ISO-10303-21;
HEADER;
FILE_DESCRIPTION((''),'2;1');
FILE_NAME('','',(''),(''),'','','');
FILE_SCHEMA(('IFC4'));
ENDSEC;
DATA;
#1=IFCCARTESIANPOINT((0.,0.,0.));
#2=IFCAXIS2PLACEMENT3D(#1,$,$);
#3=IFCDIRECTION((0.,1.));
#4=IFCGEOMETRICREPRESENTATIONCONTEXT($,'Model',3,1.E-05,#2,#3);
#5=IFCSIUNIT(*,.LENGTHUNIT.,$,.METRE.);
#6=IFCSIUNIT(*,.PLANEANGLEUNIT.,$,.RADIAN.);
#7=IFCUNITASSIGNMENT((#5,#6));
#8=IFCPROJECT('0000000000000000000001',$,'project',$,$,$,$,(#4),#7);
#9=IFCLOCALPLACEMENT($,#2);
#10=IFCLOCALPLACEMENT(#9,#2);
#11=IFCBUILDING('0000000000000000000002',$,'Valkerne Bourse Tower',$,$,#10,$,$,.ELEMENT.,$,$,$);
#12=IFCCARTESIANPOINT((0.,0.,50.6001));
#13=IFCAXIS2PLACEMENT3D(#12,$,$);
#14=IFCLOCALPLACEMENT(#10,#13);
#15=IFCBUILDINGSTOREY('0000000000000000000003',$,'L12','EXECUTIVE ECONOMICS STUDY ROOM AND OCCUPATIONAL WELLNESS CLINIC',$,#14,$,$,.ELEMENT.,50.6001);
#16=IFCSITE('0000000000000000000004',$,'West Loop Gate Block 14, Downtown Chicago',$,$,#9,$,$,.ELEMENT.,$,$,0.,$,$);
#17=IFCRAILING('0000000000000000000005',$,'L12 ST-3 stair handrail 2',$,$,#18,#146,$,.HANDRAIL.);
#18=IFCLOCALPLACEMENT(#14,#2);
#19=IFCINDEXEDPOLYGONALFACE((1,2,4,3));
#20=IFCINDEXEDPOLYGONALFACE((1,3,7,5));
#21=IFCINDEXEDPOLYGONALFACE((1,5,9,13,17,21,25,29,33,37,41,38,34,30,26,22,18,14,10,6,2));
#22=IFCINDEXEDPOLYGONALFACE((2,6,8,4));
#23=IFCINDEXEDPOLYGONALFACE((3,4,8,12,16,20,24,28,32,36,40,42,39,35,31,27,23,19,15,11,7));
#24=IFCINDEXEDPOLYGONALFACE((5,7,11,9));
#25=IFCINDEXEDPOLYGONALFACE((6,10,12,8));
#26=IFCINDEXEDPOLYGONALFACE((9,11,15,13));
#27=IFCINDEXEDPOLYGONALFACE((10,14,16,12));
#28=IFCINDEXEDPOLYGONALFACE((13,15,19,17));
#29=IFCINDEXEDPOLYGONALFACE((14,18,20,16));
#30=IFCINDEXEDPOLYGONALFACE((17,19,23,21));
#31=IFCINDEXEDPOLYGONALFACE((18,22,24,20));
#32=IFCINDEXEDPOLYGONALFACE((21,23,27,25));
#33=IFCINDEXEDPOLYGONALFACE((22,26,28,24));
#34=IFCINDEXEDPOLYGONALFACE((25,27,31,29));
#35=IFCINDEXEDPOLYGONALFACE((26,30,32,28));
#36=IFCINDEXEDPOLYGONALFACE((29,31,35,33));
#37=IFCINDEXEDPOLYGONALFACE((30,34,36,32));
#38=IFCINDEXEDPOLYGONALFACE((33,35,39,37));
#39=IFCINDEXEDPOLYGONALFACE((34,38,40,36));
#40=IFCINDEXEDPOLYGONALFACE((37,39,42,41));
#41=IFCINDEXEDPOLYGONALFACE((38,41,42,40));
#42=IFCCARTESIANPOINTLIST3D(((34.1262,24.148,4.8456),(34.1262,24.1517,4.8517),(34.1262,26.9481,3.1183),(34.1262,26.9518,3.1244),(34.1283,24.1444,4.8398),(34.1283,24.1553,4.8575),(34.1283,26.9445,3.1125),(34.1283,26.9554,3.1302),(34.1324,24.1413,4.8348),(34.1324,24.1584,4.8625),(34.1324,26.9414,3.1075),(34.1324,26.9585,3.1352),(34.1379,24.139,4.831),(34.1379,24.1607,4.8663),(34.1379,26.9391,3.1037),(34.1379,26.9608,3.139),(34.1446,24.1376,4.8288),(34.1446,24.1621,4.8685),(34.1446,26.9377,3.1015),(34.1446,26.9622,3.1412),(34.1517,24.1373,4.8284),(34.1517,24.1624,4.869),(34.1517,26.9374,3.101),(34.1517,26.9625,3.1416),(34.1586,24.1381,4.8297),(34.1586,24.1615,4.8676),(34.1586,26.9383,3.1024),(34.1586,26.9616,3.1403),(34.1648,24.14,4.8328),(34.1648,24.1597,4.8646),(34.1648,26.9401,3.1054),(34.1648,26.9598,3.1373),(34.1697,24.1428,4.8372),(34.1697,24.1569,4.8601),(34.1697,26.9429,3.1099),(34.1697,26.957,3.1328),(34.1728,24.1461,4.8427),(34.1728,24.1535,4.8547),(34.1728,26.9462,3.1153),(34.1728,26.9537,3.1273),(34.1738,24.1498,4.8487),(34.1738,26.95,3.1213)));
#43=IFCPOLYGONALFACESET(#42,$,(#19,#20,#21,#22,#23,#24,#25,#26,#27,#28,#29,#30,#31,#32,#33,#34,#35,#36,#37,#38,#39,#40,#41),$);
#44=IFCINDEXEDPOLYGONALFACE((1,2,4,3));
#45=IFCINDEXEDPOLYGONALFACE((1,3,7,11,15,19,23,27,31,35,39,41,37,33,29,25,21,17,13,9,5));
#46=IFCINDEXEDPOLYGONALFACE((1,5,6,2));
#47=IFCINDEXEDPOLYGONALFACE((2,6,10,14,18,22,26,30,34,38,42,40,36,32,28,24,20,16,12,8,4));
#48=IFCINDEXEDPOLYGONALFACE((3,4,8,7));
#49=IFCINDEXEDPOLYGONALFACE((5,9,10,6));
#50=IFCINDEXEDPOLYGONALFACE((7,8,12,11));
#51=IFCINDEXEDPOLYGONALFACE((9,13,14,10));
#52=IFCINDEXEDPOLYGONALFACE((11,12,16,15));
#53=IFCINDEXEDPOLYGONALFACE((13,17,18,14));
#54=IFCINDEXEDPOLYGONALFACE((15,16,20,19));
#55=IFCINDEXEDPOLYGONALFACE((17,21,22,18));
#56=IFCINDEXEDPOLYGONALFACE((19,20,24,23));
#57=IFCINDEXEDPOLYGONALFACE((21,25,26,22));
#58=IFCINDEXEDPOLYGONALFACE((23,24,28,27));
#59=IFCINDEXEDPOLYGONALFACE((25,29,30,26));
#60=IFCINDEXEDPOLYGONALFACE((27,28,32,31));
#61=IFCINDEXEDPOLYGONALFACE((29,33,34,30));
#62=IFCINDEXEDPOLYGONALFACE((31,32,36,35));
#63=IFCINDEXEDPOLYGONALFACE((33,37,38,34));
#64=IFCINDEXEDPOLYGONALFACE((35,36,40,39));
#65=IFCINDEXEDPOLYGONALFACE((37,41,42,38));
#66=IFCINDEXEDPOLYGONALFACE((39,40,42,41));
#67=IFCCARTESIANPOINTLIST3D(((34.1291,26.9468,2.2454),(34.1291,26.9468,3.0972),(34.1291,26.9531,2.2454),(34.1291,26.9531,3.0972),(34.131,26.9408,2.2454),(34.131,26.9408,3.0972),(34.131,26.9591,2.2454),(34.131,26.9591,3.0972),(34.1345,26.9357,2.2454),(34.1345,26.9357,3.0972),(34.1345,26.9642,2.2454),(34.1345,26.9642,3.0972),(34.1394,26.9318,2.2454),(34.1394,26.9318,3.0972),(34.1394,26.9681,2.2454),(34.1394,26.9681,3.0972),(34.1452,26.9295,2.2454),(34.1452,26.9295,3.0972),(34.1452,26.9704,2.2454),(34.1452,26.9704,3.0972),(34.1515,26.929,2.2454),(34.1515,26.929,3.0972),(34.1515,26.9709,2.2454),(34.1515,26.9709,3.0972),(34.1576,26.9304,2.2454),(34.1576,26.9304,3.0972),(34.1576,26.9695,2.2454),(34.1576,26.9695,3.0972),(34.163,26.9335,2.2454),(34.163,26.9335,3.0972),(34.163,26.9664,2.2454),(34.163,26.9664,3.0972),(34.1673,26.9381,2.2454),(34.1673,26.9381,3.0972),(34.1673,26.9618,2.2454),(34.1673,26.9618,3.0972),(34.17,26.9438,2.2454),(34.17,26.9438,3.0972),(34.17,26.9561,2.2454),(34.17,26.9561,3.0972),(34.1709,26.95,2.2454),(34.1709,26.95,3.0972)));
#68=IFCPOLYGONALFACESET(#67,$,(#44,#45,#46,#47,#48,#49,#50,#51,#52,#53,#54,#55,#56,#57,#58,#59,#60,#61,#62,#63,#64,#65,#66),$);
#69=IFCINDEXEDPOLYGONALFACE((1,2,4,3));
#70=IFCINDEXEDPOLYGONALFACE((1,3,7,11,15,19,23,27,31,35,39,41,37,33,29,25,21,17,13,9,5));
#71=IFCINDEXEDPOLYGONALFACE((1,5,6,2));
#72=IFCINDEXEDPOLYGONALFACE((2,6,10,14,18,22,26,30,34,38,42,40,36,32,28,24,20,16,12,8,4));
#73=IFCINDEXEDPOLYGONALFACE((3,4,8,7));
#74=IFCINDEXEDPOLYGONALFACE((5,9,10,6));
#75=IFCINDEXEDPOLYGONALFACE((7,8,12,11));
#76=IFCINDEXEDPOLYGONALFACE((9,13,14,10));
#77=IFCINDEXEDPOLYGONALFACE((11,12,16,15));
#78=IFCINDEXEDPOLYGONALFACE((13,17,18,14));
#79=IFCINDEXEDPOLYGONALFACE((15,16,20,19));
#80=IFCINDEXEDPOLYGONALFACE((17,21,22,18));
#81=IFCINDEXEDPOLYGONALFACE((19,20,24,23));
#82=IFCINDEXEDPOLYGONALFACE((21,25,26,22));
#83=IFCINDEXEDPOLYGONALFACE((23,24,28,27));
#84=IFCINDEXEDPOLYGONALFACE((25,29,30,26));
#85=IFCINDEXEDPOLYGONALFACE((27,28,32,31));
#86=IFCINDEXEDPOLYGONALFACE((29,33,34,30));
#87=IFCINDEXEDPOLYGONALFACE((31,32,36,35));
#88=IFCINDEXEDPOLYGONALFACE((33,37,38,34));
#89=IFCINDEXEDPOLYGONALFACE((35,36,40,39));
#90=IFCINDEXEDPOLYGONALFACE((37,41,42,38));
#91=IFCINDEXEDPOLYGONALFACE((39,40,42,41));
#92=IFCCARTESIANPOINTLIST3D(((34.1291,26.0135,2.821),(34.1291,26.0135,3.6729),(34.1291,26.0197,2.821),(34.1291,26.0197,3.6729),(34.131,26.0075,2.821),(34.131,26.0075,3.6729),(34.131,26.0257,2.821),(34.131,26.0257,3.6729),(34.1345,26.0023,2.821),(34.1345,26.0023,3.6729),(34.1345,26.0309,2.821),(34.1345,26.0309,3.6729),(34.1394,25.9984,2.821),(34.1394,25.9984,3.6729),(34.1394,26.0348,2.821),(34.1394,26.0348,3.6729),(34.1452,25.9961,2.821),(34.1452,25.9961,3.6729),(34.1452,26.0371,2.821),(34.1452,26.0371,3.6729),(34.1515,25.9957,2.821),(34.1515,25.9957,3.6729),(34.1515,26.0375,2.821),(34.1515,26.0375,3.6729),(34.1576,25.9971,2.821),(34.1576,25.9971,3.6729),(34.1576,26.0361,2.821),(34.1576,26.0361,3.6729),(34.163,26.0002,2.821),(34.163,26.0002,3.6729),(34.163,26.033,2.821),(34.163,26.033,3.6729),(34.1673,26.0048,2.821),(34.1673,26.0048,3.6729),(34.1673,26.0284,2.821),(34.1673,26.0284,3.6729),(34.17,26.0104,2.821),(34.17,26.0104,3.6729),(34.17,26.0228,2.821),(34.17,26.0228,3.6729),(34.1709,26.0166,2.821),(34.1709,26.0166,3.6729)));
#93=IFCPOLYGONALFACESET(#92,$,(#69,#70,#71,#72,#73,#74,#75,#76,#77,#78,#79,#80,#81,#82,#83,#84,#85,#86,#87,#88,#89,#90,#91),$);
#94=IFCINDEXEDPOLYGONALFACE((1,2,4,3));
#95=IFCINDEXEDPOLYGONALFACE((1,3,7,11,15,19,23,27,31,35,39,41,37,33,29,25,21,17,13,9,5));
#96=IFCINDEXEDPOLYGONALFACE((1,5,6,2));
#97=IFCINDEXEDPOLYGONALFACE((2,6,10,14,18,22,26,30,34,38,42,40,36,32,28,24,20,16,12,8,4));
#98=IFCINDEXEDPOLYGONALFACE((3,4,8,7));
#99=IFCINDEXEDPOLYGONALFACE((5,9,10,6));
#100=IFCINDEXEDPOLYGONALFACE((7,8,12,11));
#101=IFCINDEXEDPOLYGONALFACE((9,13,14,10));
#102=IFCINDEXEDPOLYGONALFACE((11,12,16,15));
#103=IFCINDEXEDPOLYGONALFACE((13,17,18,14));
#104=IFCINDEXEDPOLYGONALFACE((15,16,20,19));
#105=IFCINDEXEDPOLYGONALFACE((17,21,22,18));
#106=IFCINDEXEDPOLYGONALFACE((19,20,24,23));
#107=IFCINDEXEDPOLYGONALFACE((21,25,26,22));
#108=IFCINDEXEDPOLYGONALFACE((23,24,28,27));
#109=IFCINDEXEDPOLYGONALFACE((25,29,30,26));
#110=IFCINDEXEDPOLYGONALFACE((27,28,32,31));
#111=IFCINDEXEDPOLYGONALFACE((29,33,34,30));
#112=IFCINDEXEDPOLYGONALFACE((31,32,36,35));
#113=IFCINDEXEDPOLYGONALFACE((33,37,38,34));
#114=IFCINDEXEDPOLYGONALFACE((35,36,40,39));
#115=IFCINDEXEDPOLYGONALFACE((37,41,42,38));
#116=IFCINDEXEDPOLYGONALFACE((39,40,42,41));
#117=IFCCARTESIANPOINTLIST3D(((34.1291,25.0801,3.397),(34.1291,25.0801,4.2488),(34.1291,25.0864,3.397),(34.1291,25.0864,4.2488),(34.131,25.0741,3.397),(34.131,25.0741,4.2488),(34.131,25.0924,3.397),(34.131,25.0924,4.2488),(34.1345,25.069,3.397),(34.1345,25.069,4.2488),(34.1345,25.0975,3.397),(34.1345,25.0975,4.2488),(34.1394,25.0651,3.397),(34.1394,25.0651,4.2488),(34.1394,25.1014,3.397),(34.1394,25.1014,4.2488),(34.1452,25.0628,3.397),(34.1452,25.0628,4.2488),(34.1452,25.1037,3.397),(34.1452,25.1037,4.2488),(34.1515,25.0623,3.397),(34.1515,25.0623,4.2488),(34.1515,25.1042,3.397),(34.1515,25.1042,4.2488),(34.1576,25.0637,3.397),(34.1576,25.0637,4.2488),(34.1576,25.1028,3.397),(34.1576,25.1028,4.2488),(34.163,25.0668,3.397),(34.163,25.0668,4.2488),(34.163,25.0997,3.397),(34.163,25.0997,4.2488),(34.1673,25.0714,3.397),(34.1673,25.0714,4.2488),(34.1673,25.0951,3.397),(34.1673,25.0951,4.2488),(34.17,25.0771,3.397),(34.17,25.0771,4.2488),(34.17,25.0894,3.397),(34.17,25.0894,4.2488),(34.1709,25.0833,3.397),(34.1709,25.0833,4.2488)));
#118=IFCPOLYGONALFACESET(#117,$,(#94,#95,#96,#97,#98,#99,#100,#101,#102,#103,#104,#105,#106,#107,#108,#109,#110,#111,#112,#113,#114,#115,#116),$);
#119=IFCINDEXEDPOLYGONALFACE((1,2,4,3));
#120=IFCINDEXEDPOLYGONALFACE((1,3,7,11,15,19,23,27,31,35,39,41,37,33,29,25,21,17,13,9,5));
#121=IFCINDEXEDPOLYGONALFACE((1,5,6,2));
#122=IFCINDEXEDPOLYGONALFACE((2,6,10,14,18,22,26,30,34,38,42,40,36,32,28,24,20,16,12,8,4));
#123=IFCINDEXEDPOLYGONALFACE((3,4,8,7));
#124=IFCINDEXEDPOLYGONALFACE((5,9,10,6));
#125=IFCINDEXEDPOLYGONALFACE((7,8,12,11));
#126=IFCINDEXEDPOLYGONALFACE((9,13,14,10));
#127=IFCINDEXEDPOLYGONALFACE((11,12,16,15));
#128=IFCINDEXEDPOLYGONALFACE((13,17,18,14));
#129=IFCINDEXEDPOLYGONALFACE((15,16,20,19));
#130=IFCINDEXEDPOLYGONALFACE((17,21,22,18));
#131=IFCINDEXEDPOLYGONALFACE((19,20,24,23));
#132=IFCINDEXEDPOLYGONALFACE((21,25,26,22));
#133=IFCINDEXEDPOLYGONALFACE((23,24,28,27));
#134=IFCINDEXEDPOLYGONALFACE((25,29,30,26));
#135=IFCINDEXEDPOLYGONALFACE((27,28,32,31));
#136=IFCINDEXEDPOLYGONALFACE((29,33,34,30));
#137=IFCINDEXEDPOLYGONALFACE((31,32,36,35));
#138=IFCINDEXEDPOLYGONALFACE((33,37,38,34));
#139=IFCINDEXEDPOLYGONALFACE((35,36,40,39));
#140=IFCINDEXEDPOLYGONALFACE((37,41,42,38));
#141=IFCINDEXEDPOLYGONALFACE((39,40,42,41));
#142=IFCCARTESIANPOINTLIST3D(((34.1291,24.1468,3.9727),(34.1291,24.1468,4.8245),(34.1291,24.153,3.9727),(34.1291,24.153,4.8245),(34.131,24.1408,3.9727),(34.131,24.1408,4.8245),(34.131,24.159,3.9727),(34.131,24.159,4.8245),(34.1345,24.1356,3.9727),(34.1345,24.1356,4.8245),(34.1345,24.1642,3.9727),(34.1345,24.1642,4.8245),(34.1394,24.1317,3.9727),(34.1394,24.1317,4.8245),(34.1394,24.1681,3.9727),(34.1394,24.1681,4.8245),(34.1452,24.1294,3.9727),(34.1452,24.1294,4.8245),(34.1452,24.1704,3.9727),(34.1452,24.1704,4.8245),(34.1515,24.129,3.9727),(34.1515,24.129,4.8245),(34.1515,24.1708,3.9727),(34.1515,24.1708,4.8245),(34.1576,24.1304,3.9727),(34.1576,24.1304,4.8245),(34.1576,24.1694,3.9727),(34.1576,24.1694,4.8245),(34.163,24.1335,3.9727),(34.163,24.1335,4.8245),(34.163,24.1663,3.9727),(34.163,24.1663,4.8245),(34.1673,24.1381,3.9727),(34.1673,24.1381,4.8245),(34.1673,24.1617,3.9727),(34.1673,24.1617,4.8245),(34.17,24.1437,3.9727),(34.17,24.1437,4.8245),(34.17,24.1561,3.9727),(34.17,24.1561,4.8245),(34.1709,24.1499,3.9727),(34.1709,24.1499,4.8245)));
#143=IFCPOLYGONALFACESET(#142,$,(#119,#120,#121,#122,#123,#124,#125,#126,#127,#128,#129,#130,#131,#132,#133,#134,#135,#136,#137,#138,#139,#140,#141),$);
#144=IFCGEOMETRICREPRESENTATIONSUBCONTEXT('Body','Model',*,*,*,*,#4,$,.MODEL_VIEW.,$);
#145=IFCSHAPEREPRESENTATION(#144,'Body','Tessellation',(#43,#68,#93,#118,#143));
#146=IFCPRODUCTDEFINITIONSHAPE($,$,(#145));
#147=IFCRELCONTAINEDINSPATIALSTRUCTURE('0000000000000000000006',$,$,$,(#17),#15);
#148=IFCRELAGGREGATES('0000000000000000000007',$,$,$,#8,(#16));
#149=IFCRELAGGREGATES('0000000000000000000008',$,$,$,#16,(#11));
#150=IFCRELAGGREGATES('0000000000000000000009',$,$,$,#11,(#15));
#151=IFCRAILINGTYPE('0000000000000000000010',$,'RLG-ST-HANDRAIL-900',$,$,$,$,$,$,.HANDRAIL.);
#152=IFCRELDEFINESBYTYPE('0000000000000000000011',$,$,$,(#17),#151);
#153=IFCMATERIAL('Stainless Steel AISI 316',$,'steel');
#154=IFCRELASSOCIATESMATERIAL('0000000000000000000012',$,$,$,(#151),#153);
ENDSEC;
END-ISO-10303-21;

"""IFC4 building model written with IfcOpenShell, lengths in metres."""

from ifc_helpers import new_model, si_unit, direction, frame, origin, origin_2d, place, context, subcontext, project, spatial, circle, extrude, material, type_object, element, save


model = new_model("IFC4")

# Units and contexts
model_context = context("Model", 3, precision=1e-05, world=origin(), true_north=direction((0.0, 1.0)))
body_context = subcontext(model_context, "Body", "Model", "MODEL_VIEW")
ifc_project = project(units=[si_unit("LENGTHUNIT", "METRE"), si_unit("PLANEANGLEUNIT", "RADIAN")], contexts=[model_context])

# Site, building, storey
site_placement = place(None, origin())
site = spatial("IfcSite", under=ifc_project, at=site_placement, Name="West Loop Gate Block 14, Downtown Chicago", CompositionType="ELEMENT", RefElevation=0.0)
building_placement = place(site_placement, origin())
building = spatial("IfcBuilding", under=site, at=building_placement, Name="Valkerne Bourse Tower", CompositionType="ELEMENT")
storey_placement = place(building_placement, frame((0.0, 0.0, 50.6001)))
storey = spatial("IfcBuildingStorey", under=building, at=storey_placement, Name="L12", Description="EXECUTIVE ECONOMICS STUDY ROOM AND OCCUPATIONAL WELLNESS CLINIC", CompositionType="ELEMENT", Elevation=50.6001)

# Railing
ifc_material_1 = material(Name="Stainless Steel AISI 316", Category="steel")
railing_type_1 = type_object("IfcRailingType", Name="RLG-ST-HANDRAIL-900", PredefinedType="HANDRAIL", material=ifc_material_1)
railing_1_placement = place(storey_placement, frame((34.1499, 26.95, 2.2454)))
element("IfcRailing", 1, at=railing_1_placement, inside=storey, type_object=railing_type_1, Name="L12 ST-3 stair handrail 2", PredefinedType="HANDRAIL", context=body_context, shape_type="SweptSolid", body=[
    extrude(circle(Radius=0.0239, at=origin_2d()), frame((0.0, 0.0, 0.876), z_axis=(0.0, -0.85109, 0.52502), x_axis=(1.0, 0.0, 0.0)), (0.0, 0.0, 1.0), 3.29),
    extrude(circle(Radius=0.021, at=origin_2d()), origin(), (0.0, 0.0, 1.0), 0.8518),
    extrude(circle(Radius=0.021, at=origin_2d()), frame((0.0, -0.9333, 0.5757)), (0.0, 0.0, 1.0), 0.8518),
    extrude(circle(Radius=0.021, at=origin_2d()), frame((0.0, -1.8667, 1.1516)), (0.0, 0.0, 1.0), 0.8518),
    extrude(circle(Radius=0.021, at=origin_2d()), frame((0.0, -2.8, 1.7273)), (0.0, 0.0, 1.0), 0.8518),
])

save(model, "model.ifc")
